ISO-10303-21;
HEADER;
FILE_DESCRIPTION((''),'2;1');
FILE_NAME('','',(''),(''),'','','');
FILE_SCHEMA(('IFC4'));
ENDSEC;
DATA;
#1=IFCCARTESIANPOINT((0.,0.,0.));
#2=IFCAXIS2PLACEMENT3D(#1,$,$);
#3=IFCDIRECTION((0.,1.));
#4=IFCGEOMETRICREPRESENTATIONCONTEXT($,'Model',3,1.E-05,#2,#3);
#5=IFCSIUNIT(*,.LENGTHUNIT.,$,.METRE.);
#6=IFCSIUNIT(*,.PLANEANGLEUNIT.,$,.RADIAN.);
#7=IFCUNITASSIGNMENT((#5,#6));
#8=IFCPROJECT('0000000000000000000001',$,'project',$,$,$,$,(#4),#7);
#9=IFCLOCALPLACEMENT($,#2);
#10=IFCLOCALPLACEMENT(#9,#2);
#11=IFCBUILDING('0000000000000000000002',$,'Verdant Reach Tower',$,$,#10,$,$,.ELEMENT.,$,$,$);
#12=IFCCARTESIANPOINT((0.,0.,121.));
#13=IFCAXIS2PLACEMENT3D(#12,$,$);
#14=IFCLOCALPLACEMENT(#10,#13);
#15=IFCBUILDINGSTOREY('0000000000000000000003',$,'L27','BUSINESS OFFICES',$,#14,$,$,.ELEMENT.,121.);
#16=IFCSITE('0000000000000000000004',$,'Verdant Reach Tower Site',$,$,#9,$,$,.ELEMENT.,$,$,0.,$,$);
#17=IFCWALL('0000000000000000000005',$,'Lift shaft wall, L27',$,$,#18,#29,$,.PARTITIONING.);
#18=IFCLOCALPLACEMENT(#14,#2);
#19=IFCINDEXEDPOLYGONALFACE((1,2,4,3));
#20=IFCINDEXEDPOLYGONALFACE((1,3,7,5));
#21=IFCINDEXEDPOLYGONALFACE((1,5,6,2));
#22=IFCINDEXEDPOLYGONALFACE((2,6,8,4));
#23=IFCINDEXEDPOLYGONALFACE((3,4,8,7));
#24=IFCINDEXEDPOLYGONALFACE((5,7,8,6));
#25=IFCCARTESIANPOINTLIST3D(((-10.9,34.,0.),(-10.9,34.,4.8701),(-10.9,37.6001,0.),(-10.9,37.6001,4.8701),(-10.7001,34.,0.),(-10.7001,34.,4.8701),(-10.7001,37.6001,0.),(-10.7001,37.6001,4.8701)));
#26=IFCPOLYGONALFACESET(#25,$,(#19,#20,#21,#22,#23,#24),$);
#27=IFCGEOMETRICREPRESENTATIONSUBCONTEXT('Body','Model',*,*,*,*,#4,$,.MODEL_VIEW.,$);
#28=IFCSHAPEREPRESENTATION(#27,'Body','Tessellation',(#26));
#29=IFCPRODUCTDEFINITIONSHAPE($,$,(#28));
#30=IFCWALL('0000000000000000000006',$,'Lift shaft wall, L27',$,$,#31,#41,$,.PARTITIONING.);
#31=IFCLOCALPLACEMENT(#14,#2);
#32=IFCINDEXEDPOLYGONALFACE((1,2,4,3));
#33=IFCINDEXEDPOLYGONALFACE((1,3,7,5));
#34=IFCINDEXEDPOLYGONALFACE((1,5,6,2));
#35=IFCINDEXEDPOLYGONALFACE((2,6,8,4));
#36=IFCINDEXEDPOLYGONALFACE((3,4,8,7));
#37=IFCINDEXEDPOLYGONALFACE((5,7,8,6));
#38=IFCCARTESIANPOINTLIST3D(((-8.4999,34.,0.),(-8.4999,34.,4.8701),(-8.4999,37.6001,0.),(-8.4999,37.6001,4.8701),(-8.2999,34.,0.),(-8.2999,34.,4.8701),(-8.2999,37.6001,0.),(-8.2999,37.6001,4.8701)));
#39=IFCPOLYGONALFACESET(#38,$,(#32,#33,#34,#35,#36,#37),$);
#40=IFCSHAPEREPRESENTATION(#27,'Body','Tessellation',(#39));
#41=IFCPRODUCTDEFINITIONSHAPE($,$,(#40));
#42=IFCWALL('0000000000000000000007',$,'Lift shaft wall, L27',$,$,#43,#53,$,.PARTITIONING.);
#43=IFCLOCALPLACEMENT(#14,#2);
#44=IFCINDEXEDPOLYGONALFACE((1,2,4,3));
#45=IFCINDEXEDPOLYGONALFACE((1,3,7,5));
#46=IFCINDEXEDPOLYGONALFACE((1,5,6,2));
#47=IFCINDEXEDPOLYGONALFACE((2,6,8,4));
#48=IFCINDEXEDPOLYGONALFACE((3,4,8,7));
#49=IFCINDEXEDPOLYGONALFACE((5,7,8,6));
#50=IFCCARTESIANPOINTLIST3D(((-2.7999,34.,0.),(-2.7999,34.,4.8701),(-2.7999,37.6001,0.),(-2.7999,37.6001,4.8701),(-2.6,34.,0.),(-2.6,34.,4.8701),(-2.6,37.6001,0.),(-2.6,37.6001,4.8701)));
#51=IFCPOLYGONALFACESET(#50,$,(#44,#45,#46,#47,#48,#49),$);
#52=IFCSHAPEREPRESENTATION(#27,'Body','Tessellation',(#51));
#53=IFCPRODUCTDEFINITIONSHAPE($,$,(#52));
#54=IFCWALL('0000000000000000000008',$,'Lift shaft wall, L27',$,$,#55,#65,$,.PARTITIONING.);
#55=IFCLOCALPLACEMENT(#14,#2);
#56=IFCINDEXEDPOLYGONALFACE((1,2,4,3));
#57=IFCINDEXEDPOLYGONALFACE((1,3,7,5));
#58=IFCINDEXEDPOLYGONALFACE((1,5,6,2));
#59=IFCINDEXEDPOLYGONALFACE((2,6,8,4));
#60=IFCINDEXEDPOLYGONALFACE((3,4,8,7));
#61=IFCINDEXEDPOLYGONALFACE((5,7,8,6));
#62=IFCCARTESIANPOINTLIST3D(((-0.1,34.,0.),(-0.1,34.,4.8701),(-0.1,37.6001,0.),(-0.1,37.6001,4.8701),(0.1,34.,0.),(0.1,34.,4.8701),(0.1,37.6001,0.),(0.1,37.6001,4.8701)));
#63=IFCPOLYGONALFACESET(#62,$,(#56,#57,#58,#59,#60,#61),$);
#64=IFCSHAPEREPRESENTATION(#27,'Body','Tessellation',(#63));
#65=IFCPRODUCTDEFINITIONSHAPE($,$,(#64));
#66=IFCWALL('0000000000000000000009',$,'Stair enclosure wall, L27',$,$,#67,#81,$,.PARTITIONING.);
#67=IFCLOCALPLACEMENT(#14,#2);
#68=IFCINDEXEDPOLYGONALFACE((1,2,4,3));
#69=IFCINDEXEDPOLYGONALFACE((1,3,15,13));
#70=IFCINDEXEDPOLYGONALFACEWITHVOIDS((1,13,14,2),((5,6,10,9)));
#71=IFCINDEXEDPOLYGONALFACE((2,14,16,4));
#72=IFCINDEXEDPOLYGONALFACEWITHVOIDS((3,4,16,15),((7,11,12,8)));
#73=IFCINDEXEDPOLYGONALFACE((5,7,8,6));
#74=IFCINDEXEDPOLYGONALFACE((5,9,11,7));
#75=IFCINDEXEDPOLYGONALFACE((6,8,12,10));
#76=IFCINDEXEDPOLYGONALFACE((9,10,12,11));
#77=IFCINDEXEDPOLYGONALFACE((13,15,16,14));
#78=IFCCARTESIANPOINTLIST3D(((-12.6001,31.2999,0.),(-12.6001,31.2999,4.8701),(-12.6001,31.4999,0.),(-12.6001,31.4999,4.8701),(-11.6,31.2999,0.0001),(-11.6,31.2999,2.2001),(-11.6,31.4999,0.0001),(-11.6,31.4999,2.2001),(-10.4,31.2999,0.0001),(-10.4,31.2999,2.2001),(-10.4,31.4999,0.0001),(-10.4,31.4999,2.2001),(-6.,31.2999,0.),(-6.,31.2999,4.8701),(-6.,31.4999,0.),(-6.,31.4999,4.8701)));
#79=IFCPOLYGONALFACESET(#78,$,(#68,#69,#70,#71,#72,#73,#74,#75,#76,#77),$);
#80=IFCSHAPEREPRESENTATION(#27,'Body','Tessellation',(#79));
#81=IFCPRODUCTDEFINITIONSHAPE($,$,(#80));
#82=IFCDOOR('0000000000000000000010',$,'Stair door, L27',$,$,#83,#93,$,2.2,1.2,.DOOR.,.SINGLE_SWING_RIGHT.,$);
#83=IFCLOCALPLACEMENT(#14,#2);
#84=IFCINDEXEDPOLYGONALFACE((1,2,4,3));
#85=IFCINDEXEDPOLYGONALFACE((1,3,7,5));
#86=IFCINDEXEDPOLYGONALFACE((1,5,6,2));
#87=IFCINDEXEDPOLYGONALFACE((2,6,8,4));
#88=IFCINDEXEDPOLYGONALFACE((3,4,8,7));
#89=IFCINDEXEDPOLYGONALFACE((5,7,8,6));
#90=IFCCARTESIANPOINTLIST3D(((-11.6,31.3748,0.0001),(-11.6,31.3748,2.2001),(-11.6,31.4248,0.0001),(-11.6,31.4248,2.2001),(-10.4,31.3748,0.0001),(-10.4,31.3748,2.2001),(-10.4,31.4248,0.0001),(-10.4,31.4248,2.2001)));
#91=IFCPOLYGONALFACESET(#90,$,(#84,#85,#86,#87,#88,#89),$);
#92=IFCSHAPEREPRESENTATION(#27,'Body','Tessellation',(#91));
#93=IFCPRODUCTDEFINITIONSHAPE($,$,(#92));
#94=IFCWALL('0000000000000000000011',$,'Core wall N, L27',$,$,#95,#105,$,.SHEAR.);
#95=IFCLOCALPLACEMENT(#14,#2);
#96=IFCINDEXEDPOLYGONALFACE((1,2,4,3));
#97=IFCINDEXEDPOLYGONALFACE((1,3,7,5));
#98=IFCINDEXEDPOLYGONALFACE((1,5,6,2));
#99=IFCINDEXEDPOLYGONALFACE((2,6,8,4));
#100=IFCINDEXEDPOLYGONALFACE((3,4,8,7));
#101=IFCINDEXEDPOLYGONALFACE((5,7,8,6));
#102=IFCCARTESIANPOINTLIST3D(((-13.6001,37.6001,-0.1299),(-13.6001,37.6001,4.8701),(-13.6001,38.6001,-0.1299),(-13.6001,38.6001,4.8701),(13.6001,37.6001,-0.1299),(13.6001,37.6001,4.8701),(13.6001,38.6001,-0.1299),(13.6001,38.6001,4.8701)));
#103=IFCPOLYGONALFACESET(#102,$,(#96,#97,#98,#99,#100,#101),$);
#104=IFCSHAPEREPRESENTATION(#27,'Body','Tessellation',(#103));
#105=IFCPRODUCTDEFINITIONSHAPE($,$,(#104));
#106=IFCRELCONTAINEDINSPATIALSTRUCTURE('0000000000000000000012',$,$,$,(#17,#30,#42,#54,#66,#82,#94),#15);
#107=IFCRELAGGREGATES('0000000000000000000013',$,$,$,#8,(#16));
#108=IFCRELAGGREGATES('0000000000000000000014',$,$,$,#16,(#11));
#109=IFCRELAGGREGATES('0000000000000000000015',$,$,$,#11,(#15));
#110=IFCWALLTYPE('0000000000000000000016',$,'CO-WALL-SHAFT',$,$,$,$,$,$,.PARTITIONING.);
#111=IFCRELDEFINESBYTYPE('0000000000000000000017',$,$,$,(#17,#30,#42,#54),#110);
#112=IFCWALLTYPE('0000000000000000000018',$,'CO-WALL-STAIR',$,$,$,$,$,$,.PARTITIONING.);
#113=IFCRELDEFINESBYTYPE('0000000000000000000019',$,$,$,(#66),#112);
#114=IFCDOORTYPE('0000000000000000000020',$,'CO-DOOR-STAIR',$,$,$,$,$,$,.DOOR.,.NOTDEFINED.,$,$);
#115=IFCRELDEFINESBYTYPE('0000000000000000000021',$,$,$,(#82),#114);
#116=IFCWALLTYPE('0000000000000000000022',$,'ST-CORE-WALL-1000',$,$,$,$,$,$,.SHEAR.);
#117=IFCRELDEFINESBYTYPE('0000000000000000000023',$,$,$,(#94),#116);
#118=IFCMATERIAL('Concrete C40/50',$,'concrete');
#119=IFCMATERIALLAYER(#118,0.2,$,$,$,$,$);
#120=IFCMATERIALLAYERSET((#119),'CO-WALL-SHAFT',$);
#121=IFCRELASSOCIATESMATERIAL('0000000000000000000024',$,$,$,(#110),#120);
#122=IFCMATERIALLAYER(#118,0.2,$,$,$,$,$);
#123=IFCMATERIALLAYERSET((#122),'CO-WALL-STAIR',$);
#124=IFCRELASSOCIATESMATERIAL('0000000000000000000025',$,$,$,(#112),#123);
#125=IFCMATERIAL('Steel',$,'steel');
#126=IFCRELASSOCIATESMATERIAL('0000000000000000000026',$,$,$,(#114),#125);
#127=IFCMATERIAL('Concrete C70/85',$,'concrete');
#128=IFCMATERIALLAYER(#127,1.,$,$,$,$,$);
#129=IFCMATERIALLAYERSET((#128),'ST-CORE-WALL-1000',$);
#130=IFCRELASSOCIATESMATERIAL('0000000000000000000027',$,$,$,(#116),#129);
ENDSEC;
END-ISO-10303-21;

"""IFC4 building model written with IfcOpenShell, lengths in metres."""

from ifc_helpers import new_model, si_unit, direction, frame, frame_2d, origin, place, context, subcontext, project, spatial, rectangle, extrude, material, layer, layer_set, type_object, element, fill, save


model = new_model("IFC4")

# Units and contexts
model_context = context("Model", 3, precision=1e-05, world=origin(), true_north=direction((0.0, 1.0)))
body_context = subcontext(model_context, "Body", "Model", "MODEL_VIEW")
ifc_project = project(units=[si_unit("LENGTHUNIT", "METRE"), si_unit("PLANEANGLEUNIT", "RADIAN")], contexts=[model_context])

# Site, building, storey
site_placement = place(None, origin())
site = spatial("IfcSite", under=ifc_project, at=site_placement, Name="Verdant Reach Tower Site", CompositionType="ELEMENT", RefElevation=0.0)
building_placement = place(site_placement, origin())
building = spatial("IfcBuilding", under=site, at=building_placement, Name="Verdant Reach Tower", CompositionType="ELEMENT")
storey_placement = place(building_placement, frame((0.0, 0.0, 121.0)))
storey = spatial("IfcBuildingStorey", under=building, at=storey_placement, Name="L27", Description="BUSINESS OFFICES", CompositionType="ELEMENT", Elevation=121.0)

# Shared definitions
ifc_material_1 = material(Name="Concrete C40/50", Category="concrete")
ifc_layer_1 = layer(ifc_material_1, 0.2)
ifc_layer_set_1 = layer_set([ifc_layer_1], Name="CO-WALL-SHAFT")
wall_type_1 = type_object("IfcWallType", Name="CO-WALL-SHAFT", PredefinedType="PARTITIONING", material=ifc_layer_set_1)
ifc_material_2 = material(Name="Steel", Category="steel")

# Walls
for number, where, z_axis, x_axis, name in (
    (1, (-10.8, 34.0, 0.0), (0.0, 0.0, 1.0), (0.0, 1.0, 0.0), "Lift shaft wall, L27"),
    (2, (-8.3999, 34.0, 0.0), (0.0, 0.0, 1.0), (0.0, 1.0, 0.0), "Lift shaft wall, L27"),
    (3, (-2.7, 34.0, 0.0), (0.0, 0.0, 1.0), (0.0, 1.0, 0.0), "Lift shaft wall, L27"),
    (4, (0.0, 34.0, 0.0), (0.0, 0.0, 1.0), (0.0, 1.0, 0.0), "Lift shaft wall, L27"),
):
    element("IfcWall", number, at=place(storey_placement, frame(where, z_axis=z_axis, x_axis=x_axis)), inside=storey, type_object=wall_type_1, Name=name, PredefinedType="PARTITIONING", context=body_context, shape_type="SweptSolid", body=[
        extrude(rectangle(XDim=3.6001, YDim=0.2, at=frame_2d((1.8, 0.0))), origin(), (0.0, 0.0, 1.0), 4.8701),
    ])

# Wall, opening, door
ifc_layer_2 = layer(ifc_material_1, 0.2)
ifc_layer_set_2 = layer_set([ifc_layer_2], Name="CO-WALL-STAIR")
wall_type_2 = type_object("IfcWallType", Name="CO-WALL-STAIR", PredefinedType="PARTITIONING", material=ifc_layer_set_2)
wall_1_placement = place(storey_placement, frame((-12.6001, 31.3999, 0.0), z_axis=(0.0, 0.0, 1.0), x_axis=(1.0, 0.0, 0.0)))
wall_1 = element("IfcWall", 5, at=wall_1_placement, inside=storey, type_object=wall_type_2, Name="Stair enclosure wall, L27", PredefinedType="PARTITIONING", context=body_context, shape_type="SweptSolid", body=[
    extrude(rectangle(XDim=6.6001, YDim=0.2, at=frame_2d((3.3, 0.0))), origin(), (0.0, 0.0, 1.0), 4.8701),
])
opening_1_placement = place(wall_1_placement, frame((1.0, 0.0, 0.0)))
opening_1 = element("IfcOpeningElement", 6, at=opening_1_placement, cuts=wall_1, PredefinedType="OPENING", context=body_context, shape_type="SweptSolid", body=[
    extrude(rectangle(XDim=1.2, YDim=2.2, at=frame_2d((0.6001, 1.1001))), frame((0.0, 0.1099, 0.0), z_axis=(0.0, -1.0, 0.0), x_axis=(1.0, 0.0, 0.0)), (0.0, 0.0, 1.0), 0.22),
])
door_type_1 = type_object("IfcDoorType", Name="CO-DOOR-STAIR", OperationType="NOTDEFINED", PredefinedType="DOOR", material=ifc_material_2)
door_1_placement = place(opening_1_placement, origin())
door_1 = element("IfcDoor", 7, at=door_1_placement, inside=storey, type_object=door_type_1, Name="Stair door, L27", OperationType="SINGLE_SWING_RIGHT", OverallHeight=2.2, OverallWidth=1.2, PredefinedType="DOOR", context=body_context, shape_type="SweptSolid", body=[
    extrude(rectangle(XDim=1.2, YDim=2.2, at=frame_2d((0.6001, 1.1001))), frame((0.0, 0.0249, 0.0), z_axis=(0.0, -1.0, 0.0), x_axis=(1.0, 0.0, 0.0)), (0.0, 0.0, 1.0), 0.05),
])
fill(opening_1, door_1)

# Wall
ifc_material_3 = material(Name="Concrete C70/85", Category="concrete")
ifc_layer_3 = layer(ifc_material_3, 1.0)
ifc_layer_set_3 = layer_set([ifc_layer_3], Name="ST-CORE-WALL-1000")
wall_type_3 = type_object("IfcWallType", Name="ST-CORE-WALL-1000", PredefinedType="SHEAR", material=ifc_layer_set_3)
wall_2_placement = place(storey_placement, frame((-13.6001, 38.1001, -0.1299), z_axis=(0.0, 0.0, 1.0), x_axis=(1.0, 0.0, 0.0)))
element("IfcWall", 8, at=wall_2_placement, inside=storey, type_object=wall_type_3, Name="Core wall N, L27", PredefinedType="SHEAR", context=body_context, shape_type="SweptSolid", body=[
    extrude(rectangle(XDim=27.2002, YDim=1.0, at=frame_2d((13.6001, 0.0))), origin(), (0.0, 0.0, 1.0), 5.0),
])

save(model, "model.ifc")
